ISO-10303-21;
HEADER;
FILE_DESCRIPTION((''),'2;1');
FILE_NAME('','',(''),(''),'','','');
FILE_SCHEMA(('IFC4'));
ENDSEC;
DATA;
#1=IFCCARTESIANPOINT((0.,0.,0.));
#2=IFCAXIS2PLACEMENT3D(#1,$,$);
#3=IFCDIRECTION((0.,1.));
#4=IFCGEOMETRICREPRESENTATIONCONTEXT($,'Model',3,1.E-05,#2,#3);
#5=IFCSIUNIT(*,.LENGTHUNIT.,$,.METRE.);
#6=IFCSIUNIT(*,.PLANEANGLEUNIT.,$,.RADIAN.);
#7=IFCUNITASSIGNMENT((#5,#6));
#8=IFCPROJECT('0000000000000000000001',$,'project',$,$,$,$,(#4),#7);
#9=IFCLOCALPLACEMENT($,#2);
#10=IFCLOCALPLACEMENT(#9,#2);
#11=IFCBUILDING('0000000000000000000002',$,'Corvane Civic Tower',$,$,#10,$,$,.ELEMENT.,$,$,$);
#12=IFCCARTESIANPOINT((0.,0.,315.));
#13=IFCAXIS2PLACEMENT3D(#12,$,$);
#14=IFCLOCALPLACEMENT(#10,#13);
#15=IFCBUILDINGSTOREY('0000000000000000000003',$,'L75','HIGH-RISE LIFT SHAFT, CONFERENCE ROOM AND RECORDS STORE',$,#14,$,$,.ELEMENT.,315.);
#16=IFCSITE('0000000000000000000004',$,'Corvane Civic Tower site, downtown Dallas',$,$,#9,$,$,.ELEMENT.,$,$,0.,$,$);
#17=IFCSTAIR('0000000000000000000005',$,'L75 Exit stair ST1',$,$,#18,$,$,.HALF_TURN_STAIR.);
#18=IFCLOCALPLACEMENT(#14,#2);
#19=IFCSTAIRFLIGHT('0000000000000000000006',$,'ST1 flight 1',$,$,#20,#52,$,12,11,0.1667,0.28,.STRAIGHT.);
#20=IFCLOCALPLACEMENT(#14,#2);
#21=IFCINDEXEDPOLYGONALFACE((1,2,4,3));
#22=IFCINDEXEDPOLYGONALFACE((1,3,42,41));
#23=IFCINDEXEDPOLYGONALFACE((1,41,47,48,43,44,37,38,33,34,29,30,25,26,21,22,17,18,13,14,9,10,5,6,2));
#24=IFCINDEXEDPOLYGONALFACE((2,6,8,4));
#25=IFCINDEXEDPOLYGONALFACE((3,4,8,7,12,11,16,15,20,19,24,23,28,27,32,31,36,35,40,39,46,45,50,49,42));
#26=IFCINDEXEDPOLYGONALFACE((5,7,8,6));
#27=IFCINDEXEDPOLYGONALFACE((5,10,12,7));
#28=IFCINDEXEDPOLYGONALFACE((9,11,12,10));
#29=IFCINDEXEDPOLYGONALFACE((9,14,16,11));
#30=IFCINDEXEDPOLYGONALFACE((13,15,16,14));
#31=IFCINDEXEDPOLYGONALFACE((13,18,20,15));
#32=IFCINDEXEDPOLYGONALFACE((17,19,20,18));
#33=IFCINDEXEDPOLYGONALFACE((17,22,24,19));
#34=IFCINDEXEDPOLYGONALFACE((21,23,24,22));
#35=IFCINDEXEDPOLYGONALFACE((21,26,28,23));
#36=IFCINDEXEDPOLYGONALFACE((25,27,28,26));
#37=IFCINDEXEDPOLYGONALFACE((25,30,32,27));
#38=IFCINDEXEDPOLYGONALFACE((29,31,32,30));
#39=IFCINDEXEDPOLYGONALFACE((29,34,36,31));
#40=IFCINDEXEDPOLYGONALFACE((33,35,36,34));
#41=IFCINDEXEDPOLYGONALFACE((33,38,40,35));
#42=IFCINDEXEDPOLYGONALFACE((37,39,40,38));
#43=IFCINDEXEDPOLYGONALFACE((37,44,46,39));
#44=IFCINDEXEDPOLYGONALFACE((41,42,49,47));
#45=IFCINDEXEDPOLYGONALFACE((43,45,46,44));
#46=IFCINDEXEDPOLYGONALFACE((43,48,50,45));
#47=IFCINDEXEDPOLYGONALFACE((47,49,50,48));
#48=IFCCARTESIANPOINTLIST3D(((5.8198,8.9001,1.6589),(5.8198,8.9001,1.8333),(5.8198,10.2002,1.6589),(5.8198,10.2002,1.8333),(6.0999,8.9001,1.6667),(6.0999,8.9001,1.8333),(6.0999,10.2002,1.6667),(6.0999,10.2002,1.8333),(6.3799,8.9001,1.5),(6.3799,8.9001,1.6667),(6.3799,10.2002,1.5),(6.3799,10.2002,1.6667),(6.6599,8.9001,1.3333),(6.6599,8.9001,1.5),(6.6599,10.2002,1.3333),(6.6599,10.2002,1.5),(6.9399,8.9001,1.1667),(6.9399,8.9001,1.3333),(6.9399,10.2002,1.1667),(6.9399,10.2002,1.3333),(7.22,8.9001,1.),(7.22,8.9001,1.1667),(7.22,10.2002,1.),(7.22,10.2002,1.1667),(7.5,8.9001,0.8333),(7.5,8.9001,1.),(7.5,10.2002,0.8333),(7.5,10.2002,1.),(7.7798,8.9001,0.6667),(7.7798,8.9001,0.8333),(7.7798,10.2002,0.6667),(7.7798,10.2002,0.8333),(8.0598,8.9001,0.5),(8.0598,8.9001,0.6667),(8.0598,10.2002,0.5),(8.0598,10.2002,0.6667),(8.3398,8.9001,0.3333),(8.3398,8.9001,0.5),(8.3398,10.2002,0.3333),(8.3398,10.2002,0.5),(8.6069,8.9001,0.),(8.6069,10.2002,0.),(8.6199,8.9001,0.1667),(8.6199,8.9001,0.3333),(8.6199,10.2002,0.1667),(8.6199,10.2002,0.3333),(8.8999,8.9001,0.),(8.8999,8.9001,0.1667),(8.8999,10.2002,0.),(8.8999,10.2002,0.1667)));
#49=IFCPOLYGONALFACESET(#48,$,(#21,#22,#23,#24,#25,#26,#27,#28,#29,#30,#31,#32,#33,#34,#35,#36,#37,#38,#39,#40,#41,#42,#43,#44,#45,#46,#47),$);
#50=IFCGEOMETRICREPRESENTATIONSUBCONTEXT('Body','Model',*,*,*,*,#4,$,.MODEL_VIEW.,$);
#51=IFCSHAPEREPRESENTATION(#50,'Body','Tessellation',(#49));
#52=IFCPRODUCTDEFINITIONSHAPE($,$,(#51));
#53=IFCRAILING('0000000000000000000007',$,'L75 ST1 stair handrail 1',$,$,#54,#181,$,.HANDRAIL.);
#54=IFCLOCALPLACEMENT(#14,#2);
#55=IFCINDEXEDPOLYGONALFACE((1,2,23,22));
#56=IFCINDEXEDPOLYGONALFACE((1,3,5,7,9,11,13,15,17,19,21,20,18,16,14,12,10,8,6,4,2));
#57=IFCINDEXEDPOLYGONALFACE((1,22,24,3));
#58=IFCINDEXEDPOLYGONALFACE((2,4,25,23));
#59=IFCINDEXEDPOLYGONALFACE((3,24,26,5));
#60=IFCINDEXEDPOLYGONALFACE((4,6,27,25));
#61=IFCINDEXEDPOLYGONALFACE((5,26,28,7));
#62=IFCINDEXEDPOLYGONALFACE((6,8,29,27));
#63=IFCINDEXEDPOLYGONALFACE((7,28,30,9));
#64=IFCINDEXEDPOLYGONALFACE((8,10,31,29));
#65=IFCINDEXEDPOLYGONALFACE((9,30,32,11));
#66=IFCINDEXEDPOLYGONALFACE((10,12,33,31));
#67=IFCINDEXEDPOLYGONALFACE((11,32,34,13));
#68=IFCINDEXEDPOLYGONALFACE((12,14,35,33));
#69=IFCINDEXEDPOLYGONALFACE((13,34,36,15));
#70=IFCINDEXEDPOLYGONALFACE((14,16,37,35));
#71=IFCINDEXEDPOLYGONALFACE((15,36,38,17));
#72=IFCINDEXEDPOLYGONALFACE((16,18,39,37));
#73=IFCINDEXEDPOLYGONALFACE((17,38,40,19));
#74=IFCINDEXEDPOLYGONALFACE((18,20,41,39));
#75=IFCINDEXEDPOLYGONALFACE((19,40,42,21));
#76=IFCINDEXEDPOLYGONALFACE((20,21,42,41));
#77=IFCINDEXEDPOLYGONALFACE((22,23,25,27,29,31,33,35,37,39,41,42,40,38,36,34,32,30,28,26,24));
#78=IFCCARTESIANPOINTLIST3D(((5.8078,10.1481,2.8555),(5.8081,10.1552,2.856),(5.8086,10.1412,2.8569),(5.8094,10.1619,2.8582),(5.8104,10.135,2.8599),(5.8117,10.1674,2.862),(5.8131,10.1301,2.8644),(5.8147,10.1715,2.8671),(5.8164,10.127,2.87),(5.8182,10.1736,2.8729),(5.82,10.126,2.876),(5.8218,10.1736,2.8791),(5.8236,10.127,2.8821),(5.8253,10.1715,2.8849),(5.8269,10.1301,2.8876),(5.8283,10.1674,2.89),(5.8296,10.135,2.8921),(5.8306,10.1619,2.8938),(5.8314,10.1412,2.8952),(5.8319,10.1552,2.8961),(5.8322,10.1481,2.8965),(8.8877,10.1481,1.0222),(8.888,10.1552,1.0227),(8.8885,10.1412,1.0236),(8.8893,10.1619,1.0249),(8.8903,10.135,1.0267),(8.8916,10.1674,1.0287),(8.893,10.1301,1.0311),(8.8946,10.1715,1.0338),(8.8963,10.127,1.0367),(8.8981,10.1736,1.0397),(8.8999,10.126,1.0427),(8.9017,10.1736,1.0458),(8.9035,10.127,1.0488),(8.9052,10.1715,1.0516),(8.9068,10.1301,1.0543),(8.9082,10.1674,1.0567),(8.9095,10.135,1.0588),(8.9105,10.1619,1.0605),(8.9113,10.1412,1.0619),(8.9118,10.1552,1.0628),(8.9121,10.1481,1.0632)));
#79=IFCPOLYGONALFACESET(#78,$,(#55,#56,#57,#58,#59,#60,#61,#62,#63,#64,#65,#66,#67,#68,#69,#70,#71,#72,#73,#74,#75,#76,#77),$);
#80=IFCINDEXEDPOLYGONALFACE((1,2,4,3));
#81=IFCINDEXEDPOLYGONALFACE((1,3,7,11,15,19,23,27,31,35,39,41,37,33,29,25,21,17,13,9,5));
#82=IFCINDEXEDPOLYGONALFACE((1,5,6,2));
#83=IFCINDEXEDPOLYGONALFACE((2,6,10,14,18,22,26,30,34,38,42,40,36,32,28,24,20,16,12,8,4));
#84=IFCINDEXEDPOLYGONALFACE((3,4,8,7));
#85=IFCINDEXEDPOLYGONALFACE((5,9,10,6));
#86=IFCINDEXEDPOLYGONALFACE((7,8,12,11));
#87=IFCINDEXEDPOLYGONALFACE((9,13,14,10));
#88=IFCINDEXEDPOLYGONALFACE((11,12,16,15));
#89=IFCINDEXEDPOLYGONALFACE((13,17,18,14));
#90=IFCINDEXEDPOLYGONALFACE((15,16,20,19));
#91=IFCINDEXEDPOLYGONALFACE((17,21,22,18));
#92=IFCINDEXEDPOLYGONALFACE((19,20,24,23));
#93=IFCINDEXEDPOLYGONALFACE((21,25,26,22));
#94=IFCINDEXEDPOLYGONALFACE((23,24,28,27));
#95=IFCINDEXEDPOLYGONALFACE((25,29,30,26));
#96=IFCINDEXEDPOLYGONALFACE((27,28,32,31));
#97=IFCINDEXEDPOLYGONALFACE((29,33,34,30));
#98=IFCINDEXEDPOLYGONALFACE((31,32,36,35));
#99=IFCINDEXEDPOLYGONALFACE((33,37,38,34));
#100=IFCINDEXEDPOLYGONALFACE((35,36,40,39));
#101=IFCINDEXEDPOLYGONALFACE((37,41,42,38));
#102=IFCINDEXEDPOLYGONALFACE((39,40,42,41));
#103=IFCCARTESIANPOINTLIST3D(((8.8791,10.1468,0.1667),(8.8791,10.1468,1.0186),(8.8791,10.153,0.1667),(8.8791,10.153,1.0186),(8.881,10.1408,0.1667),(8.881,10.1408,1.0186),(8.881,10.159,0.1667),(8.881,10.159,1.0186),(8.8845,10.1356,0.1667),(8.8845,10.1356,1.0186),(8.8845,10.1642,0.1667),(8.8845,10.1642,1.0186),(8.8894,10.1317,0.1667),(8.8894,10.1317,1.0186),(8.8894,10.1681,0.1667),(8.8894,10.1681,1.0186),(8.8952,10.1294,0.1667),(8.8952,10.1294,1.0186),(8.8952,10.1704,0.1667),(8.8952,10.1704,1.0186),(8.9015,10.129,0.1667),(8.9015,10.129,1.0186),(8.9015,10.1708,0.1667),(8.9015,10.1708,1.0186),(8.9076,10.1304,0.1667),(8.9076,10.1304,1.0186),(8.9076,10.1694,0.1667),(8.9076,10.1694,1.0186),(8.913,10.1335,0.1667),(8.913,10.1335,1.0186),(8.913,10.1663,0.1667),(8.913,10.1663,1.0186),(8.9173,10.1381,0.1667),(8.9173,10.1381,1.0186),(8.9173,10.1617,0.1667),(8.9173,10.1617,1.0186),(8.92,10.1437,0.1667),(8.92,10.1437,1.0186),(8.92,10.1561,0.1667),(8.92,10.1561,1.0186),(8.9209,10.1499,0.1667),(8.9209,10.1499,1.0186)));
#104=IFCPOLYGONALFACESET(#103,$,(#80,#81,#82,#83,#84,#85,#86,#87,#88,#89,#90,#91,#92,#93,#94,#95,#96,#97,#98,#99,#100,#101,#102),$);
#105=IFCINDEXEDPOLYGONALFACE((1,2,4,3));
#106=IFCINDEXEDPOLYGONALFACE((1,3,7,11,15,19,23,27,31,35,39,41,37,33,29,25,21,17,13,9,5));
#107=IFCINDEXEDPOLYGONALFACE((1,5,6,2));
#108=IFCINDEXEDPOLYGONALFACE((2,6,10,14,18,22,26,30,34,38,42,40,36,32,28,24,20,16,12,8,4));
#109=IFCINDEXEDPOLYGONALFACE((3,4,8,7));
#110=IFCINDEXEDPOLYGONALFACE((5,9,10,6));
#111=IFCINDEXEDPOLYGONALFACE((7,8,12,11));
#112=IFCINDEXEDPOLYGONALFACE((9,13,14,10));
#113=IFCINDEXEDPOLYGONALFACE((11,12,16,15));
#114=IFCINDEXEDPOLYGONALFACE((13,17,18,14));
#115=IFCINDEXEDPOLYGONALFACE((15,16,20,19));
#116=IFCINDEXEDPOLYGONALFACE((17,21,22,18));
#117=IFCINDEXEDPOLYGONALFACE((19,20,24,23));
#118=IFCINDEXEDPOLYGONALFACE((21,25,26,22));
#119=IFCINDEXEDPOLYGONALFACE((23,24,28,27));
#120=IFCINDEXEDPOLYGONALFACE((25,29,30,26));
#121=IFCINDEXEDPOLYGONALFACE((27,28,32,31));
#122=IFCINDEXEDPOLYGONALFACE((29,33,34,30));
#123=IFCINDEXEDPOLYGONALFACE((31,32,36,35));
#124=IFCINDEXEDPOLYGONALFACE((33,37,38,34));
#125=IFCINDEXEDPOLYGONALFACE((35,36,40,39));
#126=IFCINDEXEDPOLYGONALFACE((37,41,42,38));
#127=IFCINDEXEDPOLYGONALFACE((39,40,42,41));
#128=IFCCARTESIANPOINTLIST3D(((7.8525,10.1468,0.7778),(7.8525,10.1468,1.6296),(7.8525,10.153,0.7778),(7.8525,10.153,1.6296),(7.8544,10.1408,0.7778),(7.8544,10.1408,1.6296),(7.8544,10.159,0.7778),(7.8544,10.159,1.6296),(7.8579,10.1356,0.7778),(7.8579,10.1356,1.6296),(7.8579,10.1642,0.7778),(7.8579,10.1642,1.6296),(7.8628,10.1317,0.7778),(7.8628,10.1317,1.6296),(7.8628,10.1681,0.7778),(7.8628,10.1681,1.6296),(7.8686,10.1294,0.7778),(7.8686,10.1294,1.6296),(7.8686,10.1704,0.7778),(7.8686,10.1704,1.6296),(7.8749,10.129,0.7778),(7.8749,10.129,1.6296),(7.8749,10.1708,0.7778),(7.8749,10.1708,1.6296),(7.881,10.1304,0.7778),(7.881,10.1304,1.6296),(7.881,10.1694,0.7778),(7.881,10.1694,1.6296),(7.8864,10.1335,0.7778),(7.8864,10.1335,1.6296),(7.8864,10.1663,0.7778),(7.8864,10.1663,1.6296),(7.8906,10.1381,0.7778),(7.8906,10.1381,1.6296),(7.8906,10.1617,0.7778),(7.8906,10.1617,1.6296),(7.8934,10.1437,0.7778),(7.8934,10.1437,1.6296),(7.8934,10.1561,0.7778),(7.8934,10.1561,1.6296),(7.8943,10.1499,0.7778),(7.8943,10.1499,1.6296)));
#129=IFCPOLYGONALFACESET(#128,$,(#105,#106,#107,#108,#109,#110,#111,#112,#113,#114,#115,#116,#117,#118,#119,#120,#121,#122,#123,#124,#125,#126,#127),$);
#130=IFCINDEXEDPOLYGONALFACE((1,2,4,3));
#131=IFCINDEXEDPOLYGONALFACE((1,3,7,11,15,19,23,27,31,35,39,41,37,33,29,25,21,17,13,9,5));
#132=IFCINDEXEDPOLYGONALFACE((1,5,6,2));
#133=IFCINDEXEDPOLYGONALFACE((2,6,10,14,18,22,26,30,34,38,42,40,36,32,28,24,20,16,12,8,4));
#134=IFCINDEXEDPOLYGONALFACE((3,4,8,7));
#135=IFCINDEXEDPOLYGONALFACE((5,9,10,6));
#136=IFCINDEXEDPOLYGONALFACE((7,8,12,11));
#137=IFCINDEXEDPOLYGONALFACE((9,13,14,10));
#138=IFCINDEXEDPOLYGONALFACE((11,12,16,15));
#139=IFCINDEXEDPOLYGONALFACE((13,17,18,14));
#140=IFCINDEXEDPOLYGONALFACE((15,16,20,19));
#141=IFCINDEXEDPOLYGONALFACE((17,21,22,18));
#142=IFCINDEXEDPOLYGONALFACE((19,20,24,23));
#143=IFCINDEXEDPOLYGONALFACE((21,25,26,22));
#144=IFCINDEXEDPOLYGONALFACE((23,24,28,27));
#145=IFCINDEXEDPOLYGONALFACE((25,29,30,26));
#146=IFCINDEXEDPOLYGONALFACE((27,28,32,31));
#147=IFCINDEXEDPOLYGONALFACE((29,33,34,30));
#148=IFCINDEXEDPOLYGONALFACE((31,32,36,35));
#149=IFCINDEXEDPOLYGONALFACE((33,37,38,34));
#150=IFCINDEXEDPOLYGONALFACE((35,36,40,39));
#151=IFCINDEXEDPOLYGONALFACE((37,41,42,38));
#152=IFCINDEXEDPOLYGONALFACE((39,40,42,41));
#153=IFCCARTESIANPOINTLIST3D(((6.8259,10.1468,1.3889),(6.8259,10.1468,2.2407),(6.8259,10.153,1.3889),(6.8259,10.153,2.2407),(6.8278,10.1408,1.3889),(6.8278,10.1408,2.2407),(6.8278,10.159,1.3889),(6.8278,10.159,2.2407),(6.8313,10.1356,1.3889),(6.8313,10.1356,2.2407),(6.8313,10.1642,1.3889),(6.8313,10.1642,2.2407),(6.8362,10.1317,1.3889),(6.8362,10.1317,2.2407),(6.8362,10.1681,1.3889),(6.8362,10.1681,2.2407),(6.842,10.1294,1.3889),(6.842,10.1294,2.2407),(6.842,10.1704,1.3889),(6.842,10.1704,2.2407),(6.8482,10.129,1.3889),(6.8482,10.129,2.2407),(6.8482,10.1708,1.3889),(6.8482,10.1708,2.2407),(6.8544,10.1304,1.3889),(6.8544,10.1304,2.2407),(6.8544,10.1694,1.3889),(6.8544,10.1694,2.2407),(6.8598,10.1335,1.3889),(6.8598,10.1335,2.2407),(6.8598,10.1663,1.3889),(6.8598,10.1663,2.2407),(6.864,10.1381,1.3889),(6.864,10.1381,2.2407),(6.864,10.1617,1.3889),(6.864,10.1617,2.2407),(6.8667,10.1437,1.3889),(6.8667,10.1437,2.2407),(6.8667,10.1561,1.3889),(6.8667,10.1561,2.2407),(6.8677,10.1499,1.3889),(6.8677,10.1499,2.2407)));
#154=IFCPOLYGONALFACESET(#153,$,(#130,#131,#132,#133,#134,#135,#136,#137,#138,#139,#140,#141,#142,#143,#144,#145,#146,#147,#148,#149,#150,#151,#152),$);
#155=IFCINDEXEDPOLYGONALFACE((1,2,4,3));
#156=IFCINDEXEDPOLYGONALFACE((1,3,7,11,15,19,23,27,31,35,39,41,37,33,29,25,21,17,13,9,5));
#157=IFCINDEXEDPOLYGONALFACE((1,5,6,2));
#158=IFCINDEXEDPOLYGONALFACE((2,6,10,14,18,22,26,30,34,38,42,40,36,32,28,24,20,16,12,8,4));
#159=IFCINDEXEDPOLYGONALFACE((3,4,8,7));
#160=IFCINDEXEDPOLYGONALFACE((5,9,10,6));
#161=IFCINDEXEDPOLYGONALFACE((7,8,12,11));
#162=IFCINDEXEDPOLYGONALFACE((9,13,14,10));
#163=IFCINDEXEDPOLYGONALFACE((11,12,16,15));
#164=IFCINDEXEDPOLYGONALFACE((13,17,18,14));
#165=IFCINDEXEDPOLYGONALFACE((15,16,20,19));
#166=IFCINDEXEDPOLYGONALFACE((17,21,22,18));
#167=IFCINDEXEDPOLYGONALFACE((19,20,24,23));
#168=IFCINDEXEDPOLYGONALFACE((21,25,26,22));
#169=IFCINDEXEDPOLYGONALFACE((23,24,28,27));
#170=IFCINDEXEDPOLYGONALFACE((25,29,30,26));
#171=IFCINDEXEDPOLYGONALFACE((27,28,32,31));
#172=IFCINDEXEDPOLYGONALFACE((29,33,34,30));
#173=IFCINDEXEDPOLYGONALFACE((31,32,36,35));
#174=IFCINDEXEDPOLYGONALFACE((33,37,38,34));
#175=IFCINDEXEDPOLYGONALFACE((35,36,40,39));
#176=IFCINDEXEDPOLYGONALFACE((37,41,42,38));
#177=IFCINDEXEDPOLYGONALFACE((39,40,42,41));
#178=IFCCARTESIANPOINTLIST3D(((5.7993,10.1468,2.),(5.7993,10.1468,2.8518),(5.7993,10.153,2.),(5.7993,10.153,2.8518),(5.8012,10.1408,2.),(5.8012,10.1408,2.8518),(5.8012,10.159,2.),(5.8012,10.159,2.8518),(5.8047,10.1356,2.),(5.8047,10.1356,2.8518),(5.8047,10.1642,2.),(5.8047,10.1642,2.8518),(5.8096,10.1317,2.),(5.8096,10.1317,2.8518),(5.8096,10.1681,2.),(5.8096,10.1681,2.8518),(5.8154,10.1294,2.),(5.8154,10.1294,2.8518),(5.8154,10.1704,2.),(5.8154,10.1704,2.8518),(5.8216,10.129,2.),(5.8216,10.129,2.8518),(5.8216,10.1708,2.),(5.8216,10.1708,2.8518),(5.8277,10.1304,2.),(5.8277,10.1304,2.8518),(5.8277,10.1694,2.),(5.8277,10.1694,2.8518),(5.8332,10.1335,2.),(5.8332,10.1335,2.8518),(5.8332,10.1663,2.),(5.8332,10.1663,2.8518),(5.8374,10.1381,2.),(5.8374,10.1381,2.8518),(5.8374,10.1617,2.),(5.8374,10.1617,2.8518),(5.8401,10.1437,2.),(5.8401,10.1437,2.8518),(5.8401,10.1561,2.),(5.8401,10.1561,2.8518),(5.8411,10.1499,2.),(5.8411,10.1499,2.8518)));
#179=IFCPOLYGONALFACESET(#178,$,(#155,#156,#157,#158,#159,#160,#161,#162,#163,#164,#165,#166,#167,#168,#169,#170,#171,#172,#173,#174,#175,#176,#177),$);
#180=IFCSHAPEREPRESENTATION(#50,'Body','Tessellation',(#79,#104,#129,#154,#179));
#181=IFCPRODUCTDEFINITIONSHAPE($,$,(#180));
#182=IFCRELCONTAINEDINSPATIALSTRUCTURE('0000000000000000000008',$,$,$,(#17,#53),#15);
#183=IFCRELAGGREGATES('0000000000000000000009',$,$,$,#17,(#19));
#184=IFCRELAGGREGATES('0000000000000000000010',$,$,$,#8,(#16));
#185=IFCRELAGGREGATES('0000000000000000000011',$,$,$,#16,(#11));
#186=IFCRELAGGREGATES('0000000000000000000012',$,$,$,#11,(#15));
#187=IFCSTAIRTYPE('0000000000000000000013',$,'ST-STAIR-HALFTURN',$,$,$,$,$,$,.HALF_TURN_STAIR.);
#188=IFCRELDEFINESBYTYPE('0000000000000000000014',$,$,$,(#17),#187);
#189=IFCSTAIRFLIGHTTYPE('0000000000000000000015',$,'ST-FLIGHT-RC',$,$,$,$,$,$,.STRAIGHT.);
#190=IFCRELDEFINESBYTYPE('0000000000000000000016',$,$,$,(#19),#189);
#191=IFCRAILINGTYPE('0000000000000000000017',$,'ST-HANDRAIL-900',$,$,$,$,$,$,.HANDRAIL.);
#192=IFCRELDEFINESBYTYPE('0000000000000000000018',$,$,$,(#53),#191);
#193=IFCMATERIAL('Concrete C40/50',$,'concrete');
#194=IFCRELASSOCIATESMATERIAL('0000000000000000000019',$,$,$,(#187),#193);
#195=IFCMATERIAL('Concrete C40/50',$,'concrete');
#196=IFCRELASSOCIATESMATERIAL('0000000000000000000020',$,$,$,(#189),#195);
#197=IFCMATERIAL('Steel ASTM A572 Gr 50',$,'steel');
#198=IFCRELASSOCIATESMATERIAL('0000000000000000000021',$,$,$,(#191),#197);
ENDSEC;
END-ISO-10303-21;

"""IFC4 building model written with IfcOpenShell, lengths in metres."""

from ifc_helpers import new_model, si_unit, direction, frame, origin, origin_2d, place, context, subcontext, project, spatial, polyline, circle, outline, extrude, material, type_object, element, aggregate, save


model = new_model("IFC4")

# Units and contexts
model_context = context("Model", 3, precision=1e-05, world=origin(), true_north=direction((0.0, 1.0)))
body_context = subcontext(model_context, "Body", "Model", "MODEL_VIEW")
ifc_project = project(units=[si_unit("LENGTHUNIT", "METRE"), si_unit("PLANEANGLEUNIT", "RADIAN")], contexts=[model_context])

# Site, building, storey
site_placement = place(None, origin())
site = spatial("IfcSite", under=ifc_project, at=site_placement, Name="Corvane Civic Tower site, downtown Dallas", CompositionType="ELEMENT", RefElevation=0.0)
building_placement = place(site_placement, origin())
building = spatial("IfcBuilding", under=site, at=building_placement, Name="Corvane Civic Tower", CompositionType="ELEMENT")
storey_placement = place(building_placement, frame((0.0, 0.0, 315.0)))
storey = spatial("IfcBuildingStorey", under=building, at=storey_placement, Name="L75", Description="HIGH-RISE LIFT SHAFT, CONFERENCE ROOM AND RECORDS STORE", CompositionType="ELEMENT", Elevation=315.0)

# Stair, stair flight
ifc_material_1 = material(Name="Concrete C40/50", Category="concrete")
stair_type = type_object("IfcStairType", Name="ST-STAIR-HALFTURN", PredefinedType="HALF_TURN_STAIR", material=ifc_material_1)
stair_placement = place(storey_placement, origin())
stair = element("IfcStair", 1, at=stair_placement, inside=storey, type_object=stair_type, Name="L75 Exit stair ST1", PredefinedType="HALF_TURN_STAIR")
ifc_material_2 = material(Name="Concrete C40/50", Category="concrete")
stair_flight_type = type_object("IfcStairFlightType", Name="ST-FLIGHT-RC", PredefinedType="STRAIGHT", material=ifc_material_2)
stair_flight_placement = place(storey_placement, frame((8.8999, 9.55, 0.0), z_axis=(0.0, 0.0, 1.0), x_axis=(-1.0, 0.0, 0.0)))
stair_flight = element("IfcStairFlight", 2, at=stair_flight_placement, type_object=stair_flight_type, Name="ST1 flight 1", NumberOfRisers=12, NumberOfTreads=11, PredefinedType="STRAIGHT", RiserHeight=0.1667, TreadLength=0.28, context=body_context, shape_type="SweptSolid", body=[
    extrude(outline(polyline([(0.0, 0.0), (0.0, 0.1667), (0.28, 0.1667), (0.28, 0.3333), (0.5601, 0.3333), (0.5601, 0.5), (0.8401, 0.5), (0.8401, 0.6667), (1.1201, 0.6667), (1.1201, 0.8333), (1.3999, 0.8333), (1.3999, 1.0), (1.6799, 1.0), (1.6799, 1.1667), (1.96, 1.1667), (1.96, 1.3333), (2.24, 1.3333), (2.24, 1.5), (2.52, 1.5), (2.52, 1.6667), (2.8, 1.6667), (2.8, 1.8333), (3.0801, 1.8333), (3.0801, 2.0), (3.0801, 1.6589), (0.293, 0.0), (0.0, 0.0)])), frame((0.0, 0.6499, 0.0), z_axis=(0.0, -1.0, 0.0), x_axis=(1.0, 0.0, 0.0)), (0.0, 0.0, 1.0), 1.3),
])
aggregate(stair, [stair_flight])

# Railing
ifc_material_3 = material(Name="Steel ASTM A572 Gr 50", Category="steel")
railing_type = type_object("IfcRailingType", Name="ST-HANDRAIL-900", PredefinedType="HANDRAIL", material=ifc_material_3)
railing_placement = place(storey_placement, frame((8.8999, 10.1499, 0.1667)))
element("IfcRailing", 3, at=railing_placement, inside=storey, type_object=railing_type, Name="L75 ST1 stair handrail 1", PredefinedType="HANDRAIL", context=body_context, shape_type="SweptSolid", body=[
    extrude(circle(Radius=0.0239, at=origin_2d()), frame((0.0, 0.0, 0.876), z_axis=(-0.859291, 0.0, 0.511487), x_axis=(0.0, -1.0, 0.0)), (0.0, 0.0, 1.0), 3.5842),
    extrude(circle(Radius=0.021, at=origin_2d()), origin(), (0.0, 0.0, 1.0), 0.8518),
    extrude(circle(Radius=0.021, at=origin_2d()), frame((-1.0266, 0.0, 0.6111)), (0.0, 0.0, 1.0), 0.8518),
    extrude(circle(Radius=0.021, at=origin_2d()), frame((-2.0532, 0.0, 1.2222)), (0.0, 0.0, 1.0), 0.8518),
    extrude(circle(Radius=0.021, at=origin_2d()), frame((-3.0798, 0.0, 1.8333)), (0.0, 0.0, 1.0), 0.8518),
])

save(model, "model.ifc")
